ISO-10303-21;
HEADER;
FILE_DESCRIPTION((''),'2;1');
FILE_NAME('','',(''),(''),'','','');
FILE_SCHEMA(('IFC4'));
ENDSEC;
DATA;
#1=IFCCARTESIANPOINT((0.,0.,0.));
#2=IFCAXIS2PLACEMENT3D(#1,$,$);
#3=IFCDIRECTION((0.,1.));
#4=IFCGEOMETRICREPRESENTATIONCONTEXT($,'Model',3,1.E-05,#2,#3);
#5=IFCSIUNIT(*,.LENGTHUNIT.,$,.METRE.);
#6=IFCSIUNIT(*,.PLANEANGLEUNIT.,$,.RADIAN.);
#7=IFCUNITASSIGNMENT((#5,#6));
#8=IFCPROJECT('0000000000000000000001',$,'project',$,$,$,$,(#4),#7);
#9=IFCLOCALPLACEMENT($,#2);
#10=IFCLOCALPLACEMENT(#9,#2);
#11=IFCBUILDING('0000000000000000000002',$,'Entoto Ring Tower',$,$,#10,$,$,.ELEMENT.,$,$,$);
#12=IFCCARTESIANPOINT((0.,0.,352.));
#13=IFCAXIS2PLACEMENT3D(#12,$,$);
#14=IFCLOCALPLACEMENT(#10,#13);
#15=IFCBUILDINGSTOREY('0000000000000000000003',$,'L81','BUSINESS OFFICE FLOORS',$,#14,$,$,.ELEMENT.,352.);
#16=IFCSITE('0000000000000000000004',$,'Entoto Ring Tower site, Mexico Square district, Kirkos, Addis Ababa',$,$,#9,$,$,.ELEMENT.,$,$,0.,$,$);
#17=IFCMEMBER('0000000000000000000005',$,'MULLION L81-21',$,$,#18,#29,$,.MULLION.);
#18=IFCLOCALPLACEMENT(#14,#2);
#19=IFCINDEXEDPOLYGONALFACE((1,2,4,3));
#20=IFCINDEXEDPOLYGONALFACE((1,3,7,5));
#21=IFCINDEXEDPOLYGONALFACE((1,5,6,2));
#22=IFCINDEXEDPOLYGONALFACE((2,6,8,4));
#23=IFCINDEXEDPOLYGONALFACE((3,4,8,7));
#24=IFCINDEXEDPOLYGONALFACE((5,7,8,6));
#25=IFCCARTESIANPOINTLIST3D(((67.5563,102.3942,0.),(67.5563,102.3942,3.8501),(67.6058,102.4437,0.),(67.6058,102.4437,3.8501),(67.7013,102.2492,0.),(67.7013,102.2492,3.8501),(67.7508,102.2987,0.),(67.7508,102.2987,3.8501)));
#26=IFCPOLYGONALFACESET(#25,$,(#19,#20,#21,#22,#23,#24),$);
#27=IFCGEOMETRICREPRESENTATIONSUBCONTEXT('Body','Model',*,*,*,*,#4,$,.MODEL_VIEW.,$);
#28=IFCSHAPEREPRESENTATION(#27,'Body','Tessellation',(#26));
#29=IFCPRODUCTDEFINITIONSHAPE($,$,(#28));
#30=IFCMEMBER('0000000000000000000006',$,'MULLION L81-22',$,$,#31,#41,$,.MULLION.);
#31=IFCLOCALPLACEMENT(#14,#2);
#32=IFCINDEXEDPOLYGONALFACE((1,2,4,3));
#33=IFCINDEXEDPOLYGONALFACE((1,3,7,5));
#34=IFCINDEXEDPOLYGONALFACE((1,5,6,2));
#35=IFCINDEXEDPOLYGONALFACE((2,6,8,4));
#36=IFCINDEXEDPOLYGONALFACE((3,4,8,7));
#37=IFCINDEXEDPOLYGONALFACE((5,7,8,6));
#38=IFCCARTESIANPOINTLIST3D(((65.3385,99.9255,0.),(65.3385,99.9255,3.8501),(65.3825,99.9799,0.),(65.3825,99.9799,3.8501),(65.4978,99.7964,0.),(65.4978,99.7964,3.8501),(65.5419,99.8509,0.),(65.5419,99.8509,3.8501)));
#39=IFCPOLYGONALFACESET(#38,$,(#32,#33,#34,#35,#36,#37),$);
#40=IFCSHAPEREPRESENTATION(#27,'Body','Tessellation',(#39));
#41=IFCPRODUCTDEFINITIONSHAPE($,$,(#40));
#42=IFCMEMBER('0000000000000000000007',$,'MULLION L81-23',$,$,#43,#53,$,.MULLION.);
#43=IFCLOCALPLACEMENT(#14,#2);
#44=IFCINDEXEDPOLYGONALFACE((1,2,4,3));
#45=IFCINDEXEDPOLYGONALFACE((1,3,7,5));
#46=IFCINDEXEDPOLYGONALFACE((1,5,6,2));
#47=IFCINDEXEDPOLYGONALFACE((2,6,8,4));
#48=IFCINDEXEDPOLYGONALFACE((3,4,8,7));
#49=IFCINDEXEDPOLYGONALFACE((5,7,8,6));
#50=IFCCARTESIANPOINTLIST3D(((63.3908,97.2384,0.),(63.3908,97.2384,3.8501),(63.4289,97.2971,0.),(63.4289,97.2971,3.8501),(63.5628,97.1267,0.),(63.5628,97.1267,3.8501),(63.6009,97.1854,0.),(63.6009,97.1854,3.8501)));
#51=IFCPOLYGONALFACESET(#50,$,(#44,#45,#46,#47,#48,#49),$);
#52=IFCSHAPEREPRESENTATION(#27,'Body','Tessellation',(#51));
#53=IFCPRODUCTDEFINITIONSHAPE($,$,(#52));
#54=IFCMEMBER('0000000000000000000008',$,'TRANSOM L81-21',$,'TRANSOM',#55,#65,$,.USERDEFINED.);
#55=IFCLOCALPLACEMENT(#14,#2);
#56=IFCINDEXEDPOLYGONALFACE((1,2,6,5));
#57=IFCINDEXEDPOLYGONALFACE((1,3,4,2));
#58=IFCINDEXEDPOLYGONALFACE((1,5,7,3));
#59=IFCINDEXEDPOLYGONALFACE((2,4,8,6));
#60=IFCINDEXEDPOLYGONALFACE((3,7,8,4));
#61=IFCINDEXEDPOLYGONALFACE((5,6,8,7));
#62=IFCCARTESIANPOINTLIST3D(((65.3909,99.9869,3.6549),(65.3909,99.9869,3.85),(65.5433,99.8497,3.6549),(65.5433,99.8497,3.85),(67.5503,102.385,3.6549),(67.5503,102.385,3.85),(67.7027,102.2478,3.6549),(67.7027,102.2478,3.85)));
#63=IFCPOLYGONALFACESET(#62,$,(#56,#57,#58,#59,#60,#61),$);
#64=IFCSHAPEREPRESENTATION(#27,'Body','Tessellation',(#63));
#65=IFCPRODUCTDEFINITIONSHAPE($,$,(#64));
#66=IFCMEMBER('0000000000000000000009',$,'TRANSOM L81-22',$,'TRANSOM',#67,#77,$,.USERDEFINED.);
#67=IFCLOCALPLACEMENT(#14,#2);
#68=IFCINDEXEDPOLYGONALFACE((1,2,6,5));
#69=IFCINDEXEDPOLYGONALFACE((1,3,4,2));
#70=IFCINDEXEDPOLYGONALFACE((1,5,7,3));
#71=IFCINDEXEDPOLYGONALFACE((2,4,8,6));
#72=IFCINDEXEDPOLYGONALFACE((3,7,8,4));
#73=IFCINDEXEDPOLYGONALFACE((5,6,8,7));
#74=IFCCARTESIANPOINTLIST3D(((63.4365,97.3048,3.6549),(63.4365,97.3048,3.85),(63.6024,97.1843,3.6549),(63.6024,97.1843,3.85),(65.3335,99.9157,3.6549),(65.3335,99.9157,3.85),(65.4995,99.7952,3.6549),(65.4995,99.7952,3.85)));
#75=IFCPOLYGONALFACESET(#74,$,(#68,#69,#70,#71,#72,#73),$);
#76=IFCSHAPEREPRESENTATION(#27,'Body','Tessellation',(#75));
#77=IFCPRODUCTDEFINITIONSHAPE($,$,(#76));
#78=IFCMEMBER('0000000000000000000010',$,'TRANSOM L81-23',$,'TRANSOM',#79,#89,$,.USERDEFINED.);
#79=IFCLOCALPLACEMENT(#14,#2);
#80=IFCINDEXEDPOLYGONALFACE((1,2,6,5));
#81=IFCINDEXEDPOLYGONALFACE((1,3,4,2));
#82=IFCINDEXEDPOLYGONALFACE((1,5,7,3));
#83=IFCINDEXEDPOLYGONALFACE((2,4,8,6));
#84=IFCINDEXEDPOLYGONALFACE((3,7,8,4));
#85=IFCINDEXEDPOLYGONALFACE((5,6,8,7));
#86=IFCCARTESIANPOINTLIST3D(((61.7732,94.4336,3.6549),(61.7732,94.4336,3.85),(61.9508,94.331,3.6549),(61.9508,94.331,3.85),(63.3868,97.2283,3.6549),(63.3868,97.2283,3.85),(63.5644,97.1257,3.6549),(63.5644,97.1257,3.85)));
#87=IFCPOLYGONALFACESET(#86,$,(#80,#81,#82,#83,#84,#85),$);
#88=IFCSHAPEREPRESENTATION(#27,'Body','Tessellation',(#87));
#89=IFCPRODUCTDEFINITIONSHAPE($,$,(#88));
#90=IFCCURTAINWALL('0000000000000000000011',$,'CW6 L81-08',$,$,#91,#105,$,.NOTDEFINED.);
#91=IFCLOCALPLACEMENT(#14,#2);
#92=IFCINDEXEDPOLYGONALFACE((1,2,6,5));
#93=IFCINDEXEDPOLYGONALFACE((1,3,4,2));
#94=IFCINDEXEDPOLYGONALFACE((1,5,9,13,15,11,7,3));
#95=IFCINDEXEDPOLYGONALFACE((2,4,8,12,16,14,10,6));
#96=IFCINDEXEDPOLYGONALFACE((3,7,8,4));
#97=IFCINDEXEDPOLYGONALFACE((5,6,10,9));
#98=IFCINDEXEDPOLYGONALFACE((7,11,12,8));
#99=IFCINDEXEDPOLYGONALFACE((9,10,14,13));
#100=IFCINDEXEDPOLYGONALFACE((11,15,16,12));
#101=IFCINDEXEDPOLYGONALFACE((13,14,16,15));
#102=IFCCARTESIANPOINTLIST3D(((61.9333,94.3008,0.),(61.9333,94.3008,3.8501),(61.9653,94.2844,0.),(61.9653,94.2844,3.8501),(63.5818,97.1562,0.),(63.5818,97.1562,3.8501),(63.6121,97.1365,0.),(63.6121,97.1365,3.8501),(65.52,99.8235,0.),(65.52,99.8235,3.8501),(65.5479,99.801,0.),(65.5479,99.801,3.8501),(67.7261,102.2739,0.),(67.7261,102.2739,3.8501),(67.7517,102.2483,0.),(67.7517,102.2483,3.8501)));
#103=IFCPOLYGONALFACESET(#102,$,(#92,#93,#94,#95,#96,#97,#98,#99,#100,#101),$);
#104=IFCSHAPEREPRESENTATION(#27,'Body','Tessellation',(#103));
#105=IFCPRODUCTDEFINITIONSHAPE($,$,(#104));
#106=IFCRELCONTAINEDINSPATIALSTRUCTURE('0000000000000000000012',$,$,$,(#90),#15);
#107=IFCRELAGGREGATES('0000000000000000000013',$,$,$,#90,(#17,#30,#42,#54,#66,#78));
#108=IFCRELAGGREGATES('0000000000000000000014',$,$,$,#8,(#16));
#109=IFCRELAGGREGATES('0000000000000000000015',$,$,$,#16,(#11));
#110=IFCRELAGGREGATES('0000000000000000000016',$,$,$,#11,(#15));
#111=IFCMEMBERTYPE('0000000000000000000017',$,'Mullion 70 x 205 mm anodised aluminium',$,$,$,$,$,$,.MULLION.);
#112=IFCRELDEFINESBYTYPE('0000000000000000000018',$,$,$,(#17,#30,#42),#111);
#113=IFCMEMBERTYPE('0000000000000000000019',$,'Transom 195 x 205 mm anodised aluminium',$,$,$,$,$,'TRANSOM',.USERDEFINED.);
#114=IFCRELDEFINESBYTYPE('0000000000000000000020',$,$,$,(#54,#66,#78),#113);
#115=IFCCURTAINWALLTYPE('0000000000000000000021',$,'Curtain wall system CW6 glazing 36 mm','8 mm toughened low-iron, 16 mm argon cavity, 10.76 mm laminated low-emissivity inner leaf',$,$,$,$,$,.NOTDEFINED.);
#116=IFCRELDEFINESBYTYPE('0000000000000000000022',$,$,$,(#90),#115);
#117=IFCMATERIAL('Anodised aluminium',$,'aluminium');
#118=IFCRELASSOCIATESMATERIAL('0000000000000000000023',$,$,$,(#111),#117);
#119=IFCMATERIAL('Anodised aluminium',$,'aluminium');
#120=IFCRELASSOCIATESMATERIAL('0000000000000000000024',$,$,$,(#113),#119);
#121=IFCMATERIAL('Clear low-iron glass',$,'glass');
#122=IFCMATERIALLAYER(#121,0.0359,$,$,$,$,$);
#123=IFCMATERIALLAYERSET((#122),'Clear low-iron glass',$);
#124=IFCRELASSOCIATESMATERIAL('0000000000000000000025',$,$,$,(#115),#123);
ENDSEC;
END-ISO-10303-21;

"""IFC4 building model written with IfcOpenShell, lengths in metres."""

from ifc_helpers import new_model, si_unit, direction, frame, origin, origin_2d, place, context, subcontext, project, spatial, polyline, rectangle, outline, extrude, material, layer, layer_set, material_profile, profile_set, type_object, element, aggregate, save


model = new_model("IFC4")

# Units and contexts
model_context = context("Model", 3, precision=1e-05, world=origin(), true_north=direction((0.0, 1.0)))
body_context = subcontext(model_context, "Body", "Model", "MODEL_VIEW")
ifc_project = project(units=[si_unit("LENGTHUNIT", "METRE"), si_unit("PLANEANGLEUNIT", "RADIAN")], contexts=[model_context])

# Members
ifc_material_1 = material(Name="Anodised aluminium", Category="aluminium")
ifc_material_profile_1 = material_profile(ifc_material_1, rectangle(XDim=0.0701, YDim=0.2051, at=origin_2d()), Name="Mullion 70 x 205 mm anodised aluminium")
ifc_profile_set_1 = profile_set([ifc_material_profile_1], Name="Anodised aluminium")
member_type_1 = type_object("IfcMemberType", Name="Mullion 70 x 205 mm anodised aluminium", PredefinedType="MULLION", material=ifc_profile_set_1)
site_placement = place(None, origin())
building_placement = place(site_placement, origin())
storey_placement = place(building_placement, frame((0.0, 0.0, 352.0)))
member_1_placement = place(storey_placement, frame((67.6536, 102.3464, 0.0), z_axis=(0.0, 0.0, 1.0), x_axis=(-0.707107, -0.707107, 0.0)))
member_1 = element("IfcMember", 1, at=member_1_placement, type_object=member_type_1, Name="MULLION L81-21", PredefinedType="MULLION", context=body_context, shape_type="SweptSolid", body=[
    extrude(rectangle(XDim=0.0701, YDim=0.2051, at=origin_2d()), origin(), (0.0, 0.0, 1.0), 3.8501),
])
member_2_placement = place(storey_placement, frame((65.4402, 99.8882, 0.0), z_axis=(0.0, 0.0, 1.0), x_axis=(-0.62932, -0.777146, 0.0)))
member_2 = element("IfcMember", 2, at=member_2_placement, type_object=member_type_1, Name="MULLION L81-22", PredefinedType="MULLION", context=body_context, shape_type="SweptSolid", body=[
    extrude(rectangle(XDim=0.0701, YDim=0.2051, at=origin_2d()), origin(), (0.0, 0.0, 1.0), 3.8501),
])
member_3_placement = place(storey_placement, frame((63.4958, 97.2119, 0.0), z_axis=(0.0, 0.0, 1.0), x_axis=(-0.544639, -0.838671, 0.0)))
member_3 = element("IfcMember", 3, at=member_3_placement, type_object=member_type_1, Name="MULLION L81-23", PredefinedType="MULLION", context=body_context, shape_type="SweptSolid", body=[
    extrude(rectangle(XDim=0.0701, YDim=0.2051, at=origin_2d()), origin(), (0.0, 0.0, 1.0), 3.8501),
])
ifc_material_2 = material(Name="Anodised aluminium", Category="aluminium")
ifc_material_profile_2 = material_profile(ifc_material_2, rectangle(XDim=0.2051, YDim=0.1951, at=origin_2d()), Name="Transom 195 x 205 mm anodised aluminium")
ifc_profile_set_2 = profile_set([ifc_material_profile_2], Name="Anodised aluminium")
member_type_2 = type_object("IfcMemberType", Name="Transom 195 x 205 mm anodised aluminium", ElementType="TRANSOM", PredefinedType="USERDEFINED", material=ifc_profile_set_2)
member_4_placement = place(storey_placement, frame((67.6265, 102.3164, 3.7524), z_axis=(-0.669144, -0.743132, 0.0), x_axis=(0.743132, -0.669144, 0.0)))
member_4 = element("IfcMember", 4, at=member_4_placement, type_object=member_type_2, Name="TRANSOM L81-21", ObjectType="TRANSOM", PredefinedType="USERDEFINED", context=body_context, shape_type="SweptSolid", body=[
    extrude(rectangle(XDim=0.2051, YDim=0.1951, at=origin_2d()), origin(), (0.0, 0.0, 1.0), 3.2271),
])
member_5_placement = place(storey_placement, frame((65.4165, 99.8555, 3.7524), z_axis=(-0.587803, -0.809004, 0.0), x_axis=(0.809004, -0.587803, 0.0)))
member_5 = element("IfcMember", 5, at=member_5_placement, type_object=member_type_2, Name="TRANSOM L81-22", ObjectType="TRANSOM", PredefinedType="USERDEFINED", context=body_context, shape_type="SweptSolid", body=[
    extrude(rectangle(XDim=0.2051, YDim=0.1951, at=origin_2d()), origin(), (0.0, 0.0, 1.0), 3.2273),
])
member_6_placement = place(storey_placement, frame((63.4756, 97.177, 3.7524), z_axis=(-0.500004, -0.866023, 0.0), x_axis=(0.866023, -0.500004, 0.0)))
member_6 = element("IfcMember", 6, at=member_6_placement, type_object=member_type_2, Name="TRANSOM L81-23", ObjectType="TRANSOM", PredefinedType="USERDEFINED", context=body_context, shape_type="SweptSolid", body=[
    extrude(rectangle(XDim=0.2051, YDim=0.1951, at=origin_2d()), origin(), (0.0, 0.0, 1.0), 3.2271),
])

# Site, building, storey
site = spatial("IfcSite", under=ifc_project, at=site_placement, Name="Entoto Ring Tower site, Mexico Square district, Kirkos, Addis Ababa", CompositionType="ELEMENT", RefElevation=0.0)
building = spatial("IfcBuilding", under=site, at=building_placement, Name="Entoto Ring Tower", CompositionType="ELEMENT")
storey = spatial("IfcBuildingStorey", under=building, at=storey_placement, Name="L81", Description="BUSINESS OFFICE FLOORS", CompositionType="ELEMENT", Elevation=352.0)

# Curtain wall
ifc_material_3 = material(Name="Clear low-iron glass", Category="glass")
ifc_layer = layer(ifc_material_3, 0.0359)
ifc_layer_set = layer_set([ifc_layer], Name="Clear low-iron glass")
curtain_wall_type = type_object("IfcCurtainWallType", Name="Curtain wall system CW6 glazing 36 mm", Description="8 mm toughened low-iron, 16 mm argon cavity, 10.76 mm laminated low-emissivity inner leaf", PredefinedType="NOTDEFINED", material=ifc_layer_set)
curtain_wall_1_placement = place(storey_placement, origin())
curtain_wall_1 = element("IfcCurtainWall", 7, at=curtain_wall_1_placement, inside=storey, type_object=curtain_wall_type, Name="CW6 L81-08", PredefinedType="NOTDEFINED", context=body_context, shape_type="SweptSolid", body=[
    extrude(outline(polyline([(67.7261, 102.2739), (65.52, 99.8235), (63.5818, 97.1562), (61.9333, 94.3008), (61.9653, 94.2844), (63.6121, 97.1365), (65.5479, 99.801), (67.7517, 102.2483), (67.7261, 102.2739)])), origin(), (0.0, 0.0, 1.0), 3.8501),
])
aggregate(curtain_wall_1, [member_1, member_2, member_3, member_4, member_5, member_6])

save(model, "model.ifc")
